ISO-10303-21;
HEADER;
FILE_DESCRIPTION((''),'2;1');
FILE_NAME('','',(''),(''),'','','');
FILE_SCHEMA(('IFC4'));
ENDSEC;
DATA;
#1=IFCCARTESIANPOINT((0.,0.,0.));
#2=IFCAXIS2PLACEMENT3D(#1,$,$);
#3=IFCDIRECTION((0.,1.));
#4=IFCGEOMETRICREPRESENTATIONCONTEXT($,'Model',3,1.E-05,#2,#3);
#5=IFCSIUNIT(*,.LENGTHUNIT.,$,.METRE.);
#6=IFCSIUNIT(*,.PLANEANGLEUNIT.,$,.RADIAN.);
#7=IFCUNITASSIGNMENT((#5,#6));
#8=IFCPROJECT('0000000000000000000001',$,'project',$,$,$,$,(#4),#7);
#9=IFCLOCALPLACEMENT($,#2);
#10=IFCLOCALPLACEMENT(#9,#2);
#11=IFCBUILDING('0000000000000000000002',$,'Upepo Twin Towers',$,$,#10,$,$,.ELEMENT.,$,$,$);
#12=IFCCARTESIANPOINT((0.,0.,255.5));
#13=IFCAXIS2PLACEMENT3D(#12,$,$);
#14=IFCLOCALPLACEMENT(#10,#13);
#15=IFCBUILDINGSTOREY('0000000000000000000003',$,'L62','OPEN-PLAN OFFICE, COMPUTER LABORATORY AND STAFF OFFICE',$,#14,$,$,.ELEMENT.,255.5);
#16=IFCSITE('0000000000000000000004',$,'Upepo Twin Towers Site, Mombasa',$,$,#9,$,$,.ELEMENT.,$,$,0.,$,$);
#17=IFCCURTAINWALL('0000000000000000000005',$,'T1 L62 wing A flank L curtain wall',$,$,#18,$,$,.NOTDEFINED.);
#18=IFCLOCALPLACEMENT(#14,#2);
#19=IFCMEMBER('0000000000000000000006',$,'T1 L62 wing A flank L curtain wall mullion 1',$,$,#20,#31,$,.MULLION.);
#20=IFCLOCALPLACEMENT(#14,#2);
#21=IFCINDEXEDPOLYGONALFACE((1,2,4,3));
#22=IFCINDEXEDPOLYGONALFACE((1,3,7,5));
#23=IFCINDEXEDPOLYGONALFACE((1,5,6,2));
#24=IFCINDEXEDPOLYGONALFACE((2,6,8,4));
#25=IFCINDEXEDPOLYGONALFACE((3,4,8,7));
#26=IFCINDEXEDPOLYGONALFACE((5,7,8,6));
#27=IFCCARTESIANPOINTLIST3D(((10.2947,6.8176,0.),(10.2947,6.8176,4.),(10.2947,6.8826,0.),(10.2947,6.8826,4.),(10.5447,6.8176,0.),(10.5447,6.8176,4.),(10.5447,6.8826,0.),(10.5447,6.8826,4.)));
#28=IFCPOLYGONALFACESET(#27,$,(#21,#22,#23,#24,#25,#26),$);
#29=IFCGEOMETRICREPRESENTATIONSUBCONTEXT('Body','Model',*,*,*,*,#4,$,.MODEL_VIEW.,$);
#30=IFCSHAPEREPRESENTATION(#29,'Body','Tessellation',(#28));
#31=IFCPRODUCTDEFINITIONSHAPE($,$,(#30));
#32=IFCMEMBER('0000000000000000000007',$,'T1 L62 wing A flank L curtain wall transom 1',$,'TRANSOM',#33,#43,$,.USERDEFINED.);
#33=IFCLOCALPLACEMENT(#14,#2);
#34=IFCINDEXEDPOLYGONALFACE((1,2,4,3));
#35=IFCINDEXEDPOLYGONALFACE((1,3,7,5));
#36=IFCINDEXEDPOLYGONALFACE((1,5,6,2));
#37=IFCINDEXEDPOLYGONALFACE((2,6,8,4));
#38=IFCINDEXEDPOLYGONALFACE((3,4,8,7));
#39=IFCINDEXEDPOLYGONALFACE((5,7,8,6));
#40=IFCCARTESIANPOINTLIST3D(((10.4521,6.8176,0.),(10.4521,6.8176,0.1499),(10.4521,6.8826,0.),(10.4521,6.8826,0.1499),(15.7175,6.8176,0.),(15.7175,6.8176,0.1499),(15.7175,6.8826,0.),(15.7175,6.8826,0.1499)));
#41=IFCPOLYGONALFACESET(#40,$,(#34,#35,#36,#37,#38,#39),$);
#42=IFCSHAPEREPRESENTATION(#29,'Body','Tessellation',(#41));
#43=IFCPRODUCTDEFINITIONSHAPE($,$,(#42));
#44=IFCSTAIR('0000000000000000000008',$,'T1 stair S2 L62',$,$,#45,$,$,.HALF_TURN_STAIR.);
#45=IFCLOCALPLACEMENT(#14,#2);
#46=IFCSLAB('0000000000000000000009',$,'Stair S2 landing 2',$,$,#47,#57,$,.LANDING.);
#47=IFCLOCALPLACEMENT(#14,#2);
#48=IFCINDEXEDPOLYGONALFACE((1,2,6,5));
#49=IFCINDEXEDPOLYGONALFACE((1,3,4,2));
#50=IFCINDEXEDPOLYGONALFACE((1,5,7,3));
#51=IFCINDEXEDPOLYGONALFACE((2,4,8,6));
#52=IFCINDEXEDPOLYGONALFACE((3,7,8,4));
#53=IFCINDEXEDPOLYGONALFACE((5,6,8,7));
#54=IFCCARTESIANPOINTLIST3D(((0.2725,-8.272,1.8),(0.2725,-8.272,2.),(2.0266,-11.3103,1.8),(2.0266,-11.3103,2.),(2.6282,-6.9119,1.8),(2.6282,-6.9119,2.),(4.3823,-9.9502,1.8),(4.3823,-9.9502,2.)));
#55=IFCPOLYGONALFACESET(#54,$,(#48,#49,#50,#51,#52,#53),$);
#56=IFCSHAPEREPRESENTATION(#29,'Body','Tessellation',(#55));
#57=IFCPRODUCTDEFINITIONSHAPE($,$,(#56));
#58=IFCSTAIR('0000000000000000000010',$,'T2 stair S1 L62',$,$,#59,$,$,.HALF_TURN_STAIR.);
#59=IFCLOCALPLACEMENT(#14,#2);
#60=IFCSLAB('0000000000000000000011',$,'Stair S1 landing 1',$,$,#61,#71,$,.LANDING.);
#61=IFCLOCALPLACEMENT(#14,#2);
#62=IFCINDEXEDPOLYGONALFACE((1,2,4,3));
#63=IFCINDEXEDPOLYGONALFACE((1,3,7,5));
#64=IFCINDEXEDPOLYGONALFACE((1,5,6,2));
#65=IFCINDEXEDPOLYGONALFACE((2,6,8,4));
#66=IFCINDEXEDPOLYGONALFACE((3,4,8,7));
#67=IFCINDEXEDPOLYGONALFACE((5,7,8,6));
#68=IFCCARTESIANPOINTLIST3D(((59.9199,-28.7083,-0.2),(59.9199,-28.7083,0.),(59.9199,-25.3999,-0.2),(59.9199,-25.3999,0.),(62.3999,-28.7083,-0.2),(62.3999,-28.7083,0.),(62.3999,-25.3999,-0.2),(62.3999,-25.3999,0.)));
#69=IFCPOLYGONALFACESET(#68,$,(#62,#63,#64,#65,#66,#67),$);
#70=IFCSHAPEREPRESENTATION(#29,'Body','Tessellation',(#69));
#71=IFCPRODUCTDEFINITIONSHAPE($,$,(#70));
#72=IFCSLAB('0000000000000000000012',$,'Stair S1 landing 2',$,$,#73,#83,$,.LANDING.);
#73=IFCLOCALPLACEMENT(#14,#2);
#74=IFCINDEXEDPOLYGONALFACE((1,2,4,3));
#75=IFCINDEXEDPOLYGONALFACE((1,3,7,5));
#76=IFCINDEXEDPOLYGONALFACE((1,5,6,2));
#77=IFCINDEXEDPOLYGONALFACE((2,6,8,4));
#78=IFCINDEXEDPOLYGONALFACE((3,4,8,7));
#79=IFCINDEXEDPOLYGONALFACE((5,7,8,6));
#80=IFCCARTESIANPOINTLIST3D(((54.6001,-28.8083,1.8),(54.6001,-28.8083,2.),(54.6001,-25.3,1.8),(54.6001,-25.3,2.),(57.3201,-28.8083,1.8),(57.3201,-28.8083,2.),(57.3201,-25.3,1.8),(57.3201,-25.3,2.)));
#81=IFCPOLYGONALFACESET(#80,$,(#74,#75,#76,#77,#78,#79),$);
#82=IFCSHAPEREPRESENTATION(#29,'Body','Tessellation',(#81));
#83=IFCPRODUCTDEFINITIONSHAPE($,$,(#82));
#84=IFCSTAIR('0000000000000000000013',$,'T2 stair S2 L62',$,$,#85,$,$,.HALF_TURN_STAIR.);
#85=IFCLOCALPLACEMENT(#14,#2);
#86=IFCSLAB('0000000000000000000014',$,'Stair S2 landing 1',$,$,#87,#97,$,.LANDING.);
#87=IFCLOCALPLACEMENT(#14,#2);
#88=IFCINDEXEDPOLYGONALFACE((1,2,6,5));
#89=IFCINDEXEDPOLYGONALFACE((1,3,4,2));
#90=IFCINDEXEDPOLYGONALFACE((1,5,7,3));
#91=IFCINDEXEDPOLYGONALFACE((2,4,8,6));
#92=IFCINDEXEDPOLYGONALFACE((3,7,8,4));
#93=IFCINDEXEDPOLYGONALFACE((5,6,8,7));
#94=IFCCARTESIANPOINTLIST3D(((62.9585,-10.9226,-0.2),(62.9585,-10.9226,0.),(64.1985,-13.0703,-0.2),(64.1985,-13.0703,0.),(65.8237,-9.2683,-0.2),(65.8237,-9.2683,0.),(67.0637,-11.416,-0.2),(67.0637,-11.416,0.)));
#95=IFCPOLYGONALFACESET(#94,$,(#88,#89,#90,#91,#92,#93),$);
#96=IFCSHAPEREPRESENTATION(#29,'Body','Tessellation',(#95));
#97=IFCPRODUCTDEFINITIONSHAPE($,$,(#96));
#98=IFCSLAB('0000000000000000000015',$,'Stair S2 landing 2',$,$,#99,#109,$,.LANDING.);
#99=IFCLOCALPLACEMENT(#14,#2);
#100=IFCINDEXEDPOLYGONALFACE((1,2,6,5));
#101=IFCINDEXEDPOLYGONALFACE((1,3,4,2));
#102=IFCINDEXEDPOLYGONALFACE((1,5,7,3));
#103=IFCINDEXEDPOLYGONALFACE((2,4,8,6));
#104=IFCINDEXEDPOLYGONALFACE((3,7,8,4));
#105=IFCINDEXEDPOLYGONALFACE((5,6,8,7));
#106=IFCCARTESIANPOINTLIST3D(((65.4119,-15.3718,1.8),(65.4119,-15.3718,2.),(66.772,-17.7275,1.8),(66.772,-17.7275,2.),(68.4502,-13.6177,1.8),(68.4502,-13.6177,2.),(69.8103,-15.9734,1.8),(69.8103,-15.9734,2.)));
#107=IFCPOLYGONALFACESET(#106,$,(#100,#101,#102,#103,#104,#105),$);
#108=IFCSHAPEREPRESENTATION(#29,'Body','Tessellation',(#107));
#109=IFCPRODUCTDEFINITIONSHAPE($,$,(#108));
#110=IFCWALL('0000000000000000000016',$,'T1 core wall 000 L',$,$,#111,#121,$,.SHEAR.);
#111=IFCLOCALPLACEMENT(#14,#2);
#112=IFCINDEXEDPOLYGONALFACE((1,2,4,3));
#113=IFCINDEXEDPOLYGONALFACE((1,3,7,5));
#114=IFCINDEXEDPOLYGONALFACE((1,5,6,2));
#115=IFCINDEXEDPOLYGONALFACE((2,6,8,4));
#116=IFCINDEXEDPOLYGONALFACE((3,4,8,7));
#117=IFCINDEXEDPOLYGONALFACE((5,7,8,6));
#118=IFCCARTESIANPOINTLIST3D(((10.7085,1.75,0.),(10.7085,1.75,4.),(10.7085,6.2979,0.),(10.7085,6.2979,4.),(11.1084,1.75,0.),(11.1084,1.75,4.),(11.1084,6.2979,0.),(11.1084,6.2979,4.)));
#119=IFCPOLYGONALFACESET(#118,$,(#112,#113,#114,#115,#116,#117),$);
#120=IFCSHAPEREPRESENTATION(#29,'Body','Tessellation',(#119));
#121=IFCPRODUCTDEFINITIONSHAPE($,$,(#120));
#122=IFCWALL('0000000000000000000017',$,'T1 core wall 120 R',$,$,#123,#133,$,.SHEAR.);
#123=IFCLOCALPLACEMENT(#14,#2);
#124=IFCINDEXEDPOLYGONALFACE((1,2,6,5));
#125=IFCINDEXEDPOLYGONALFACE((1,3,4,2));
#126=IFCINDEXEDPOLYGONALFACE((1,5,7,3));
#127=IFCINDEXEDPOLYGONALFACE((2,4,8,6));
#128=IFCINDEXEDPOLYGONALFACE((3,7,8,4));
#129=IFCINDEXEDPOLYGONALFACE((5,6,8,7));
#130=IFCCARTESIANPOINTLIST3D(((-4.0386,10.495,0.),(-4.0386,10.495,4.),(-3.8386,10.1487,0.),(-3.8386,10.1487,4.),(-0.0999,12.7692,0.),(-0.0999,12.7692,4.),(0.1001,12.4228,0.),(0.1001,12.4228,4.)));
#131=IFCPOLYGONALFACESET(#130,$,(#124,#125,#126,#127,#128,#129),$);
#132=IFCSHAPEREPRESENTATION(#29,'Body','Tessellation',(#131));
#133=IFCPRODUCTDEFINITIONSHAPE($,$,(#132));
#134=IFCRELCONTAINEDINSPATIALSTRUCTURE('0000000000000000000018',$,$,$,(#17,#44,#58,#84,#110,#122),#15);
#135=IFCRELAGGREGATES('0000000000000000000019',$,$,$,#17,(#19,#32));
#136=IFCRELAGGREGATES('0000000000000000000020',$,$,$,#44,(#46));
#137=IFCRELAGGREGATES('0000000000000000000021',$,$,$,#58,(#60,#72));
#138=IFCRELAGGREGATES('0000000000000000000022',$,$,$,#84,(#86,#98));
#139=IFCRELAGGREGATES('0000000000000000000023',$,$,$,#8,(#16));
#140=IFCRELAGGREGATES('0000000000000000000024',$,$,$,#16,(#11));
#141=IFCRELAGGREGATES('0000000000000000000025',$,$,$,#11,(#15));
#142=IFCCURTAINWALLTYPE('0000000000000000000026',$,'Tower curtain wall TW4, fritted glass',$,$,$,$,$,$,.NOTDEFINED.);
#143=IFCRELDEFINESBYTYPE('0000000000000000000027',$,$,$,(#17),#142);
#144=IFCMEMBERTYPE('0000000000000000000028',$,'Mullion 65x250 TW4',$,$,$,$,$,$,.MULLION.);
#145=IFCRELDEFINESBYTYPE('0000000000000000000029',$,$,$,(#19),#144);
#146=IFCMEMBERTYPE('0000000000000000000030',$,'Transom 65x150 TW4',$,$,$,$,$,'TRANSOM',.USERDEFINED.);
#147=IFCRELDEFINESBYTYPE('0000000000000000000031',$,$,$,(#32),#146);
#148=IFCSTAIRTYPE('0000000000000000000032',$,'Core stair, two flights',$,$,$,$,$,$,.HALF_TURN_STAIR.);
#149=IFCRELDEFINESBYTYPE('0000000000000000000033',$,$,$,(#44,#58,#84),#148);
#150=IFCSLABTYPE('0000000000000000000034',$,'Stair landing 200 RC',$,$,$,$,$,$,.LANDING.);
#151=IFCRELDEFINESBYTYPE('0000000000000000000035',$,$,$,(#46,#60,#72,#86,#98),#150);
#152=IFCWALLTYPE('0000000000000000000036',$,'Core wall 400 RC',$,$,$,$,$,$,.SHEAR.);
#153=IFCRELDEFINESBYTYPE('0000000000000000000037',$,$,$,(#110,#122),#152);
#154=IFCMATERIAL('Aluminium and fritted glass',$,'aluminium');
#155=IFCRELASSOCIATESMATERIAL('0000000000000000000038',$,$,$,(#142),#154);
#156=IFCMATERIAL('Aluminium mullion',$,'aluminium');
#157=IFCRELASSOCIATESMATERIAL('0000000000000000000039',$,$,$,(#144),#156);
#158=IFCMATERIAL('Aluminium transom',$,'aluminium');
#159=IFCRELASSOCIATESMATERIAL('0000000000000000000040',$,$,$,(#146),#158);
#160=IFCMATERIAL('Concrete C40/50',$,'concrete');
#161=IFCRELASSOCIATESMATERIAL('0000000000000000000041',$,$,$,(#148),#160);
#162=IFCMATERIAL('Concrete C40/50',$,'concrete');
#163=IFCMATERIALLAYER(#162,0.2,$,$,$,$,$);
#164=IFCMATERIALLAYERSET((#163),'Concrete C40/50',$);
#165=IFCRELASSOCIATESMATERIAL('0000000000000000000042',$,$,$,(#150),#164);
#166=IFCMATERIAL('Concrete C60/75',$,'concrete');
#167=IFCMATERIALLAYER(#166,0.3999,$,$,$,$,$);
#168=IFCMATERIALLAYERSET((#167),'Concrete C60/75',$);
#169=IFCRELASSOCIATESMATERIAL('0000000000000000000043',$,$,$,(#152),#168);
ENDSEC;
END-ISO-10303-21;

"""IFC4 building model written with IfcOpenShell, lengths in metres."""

from ifc_helpers import new_model, si_unit, direction, frame, frame_2d, origin, origin_2d, place, context, subcontext, project, spatial, polyline, rectangle, outline, extrude, material, layer, layer_set, material_profile, profile_set, type_object, element, aggregate, save


model = new_model("IFC4")

# Units and contexts
model_context = context("Model", 3, precision=1e-05, world=origin(), true_north=direction((0.0, 1.0)))
body_context = subcontext(model_context, "Body", "Model", "MODEL_VIEW")
ifc_project = project(units=[si_unit("LENGTHUNIT", "METRE"), si_unit("PLANEANGLEUNIT", "RADIAN")], contexts=[model_context])

# Site, building, storey
site_placement = place(None, origin())
site = spatial("IfcSite", under=ifc_project, at=site_placement, Name="Upepo Twin Towers Site, Mombasa", CompositionType="ELEMENT", RefElevation=0.0)
building_placement = place(site_placement, origin())
building = spatial("IfcBuilding", under=site, at=building_placement, Name="Upepo Twin Towers", CompositionType="ELEMENT")
storey_placement = place(building_placement, frame((0.0, 0.0, 255.5)))
storey = spatial("IfcBuildingStorey", under=building, at=storey_placement, Name="L62", Description="OPEN-PLAN OFFICE, COMPUTER LABORATORY AND STAFF OFFICE", CompositionType="ELEMENT", Elevation=255.5)

# Curtain wall, members
ifc_material_1 = material(Name="Aluminium and fritted glass", Category="aluminium")
curtain_wall_type = type_object("IfcCurtainWallType", Name="Tower curtain wall TW4, fritted glass", PredefinedType="NOTDEFINED", material=ifc_material_1)
curtain_wall_placement = place(storey_placement, origin())
curtain_wall = element("IfcCurtainWall", 1, at=curtain_wall_placement, inside=storey, type_object=curtain_wall_type, Name="T1 L62 wing A flank L curtain wall", PredefinedType="NOTDEFINED")
ifc_material_2 = material(Name="Aluminium mullion", Category="aluminium")
ifc_material_profile_1 = material_profile(ifc_material_2, rectangle(XDim=0.0649, YDim=0.25, at=origin_2d()), Name="MULLION 65x250")
ifc_profile_set_1 = profile_set([ifc_material_profile_1], Name="Aluminium mullion")
member_type_1 = type_object("IfcMemberType", Name="Mullion 65x250 TW4", PredefinedType="MULLION", material=ifc_profile_set_1)
member_1_placement = place(storey_placement, frame((10.4197, 6.8501, 0.0), z_axis=(0.0, 0.0, 1.0), x_axis=(0.0, 1.0, 0.0)))
member_1 = element("IfcMember", 2, at=member_1_placement, type_object=member_type_1, Name="T1 L62 wing A flank L curtain wall mullion 1", PredefinedType="MULLION", context=body_context, shape_type="SweptSolid", body=[
    extrude(rectangle(XDim=0.0649, YDim=0.25, at=origin_2d()), origin(), (0.0, 0.0, 1.0), 4.0),
])
ifc_material_3 = material(Name="Aluminium transom", Category="aluminium")
ifc_material_profile_2 = material_profile(ifc_material_3, rectangle(XDim=0.0649, YDim=0.1499, at=origin_2d()), Name="TRANSOM 65x150")
ifc_profile_set_2 = profile_set([ifc_material_profile_2], Name="Aluminium transom")
member_type_2 = type_object("IfcMemberType", Name="Transom 65x150 TW4", ElementType="TRANSOM", PredefinedType="USERDEFINED", material=ifc_profile_set_2)
member_2_placement = place(storey_placement, frame((10.4521, 6.8501, 0.075), z_axis=(1.0, 0.0, 0.0), x_axis=(0.0, 1.0, 0.0)))
member_2 = element("IfcMember", 3, at=member_2_placement, type_object=member_type_2, Name="T1 L62 wing A flank L curtain wall transom 1", ObjectType="TRANSOM", PredefinedType="USERDEFINED", context=body_context, shape_type="SweptSolid", body=[
    extrude(rectangle(XDim=0.0649, YDim=0.1499, at=origin_2d()), origin(), (0.0, 0.0, 1.0), 5.2654),
])
aggregate(curtain_wall, [member_1, member_2])

# Stair, slab
ifc_material_4 = material(Name="Concrete C40/50", Category="concrete")
stair_type = type_object("IfcStairType", Name="Core stair, two flights", PredefinedType="HALF_TURN_STAIR", material=ifc_material_4)
stair_1_placement = place(storey_placement, origin())
stair_1 = element("IfcStair", 4, at=stair_1_placement, inside=storey, type_object=stair_type, Name="T1 stair S2 L62", PredefinedType="HALF_TURN_STAIR")
ifc_material_5 = material(Name="Concrete C40/50", Category="concrete")
ifc_layer_1 = layer(ifc_material_5, 0.2)
ifc_layer_set_1 = layer_set([ifc_layer_1], Name="Concrete C40/50")
slab_type = type_object("IfcSlabType", Name="Stair landing 200 RC", PredefinedType="LANDING", material=ifc_layer_set_1)
slab_1_placement = place(storey_placement, frame((0.0, 0.0, 1.8)))
slab_1 = element("IfcSlab", 5, at=slab_1_placement, type_object=slab_type, Name="Stair S2 landing 2", PredefinedType="LANDING", context=body_context, shape_type="SweptSolid", body=[
    extrude(outline(polyline([(0.2725, -8.272), (2.0266, -11.3103), (4.3823, -9.9502), (2.6282, -6.9119), (0.2725, -8.272)])), origin(), (0.0, 0.0, 1.0), 0.2),
])
aggregate(stair_1, [slab_1])

# Stairs, slabs
stair_2_placement = place(storey_placement, origin())
stair_2 = element("IfcStair", 6, at=stair_2_placement, inside=storey, type_object=stair_type, Name="T2 stair S1 L62", PredefinedType="HALF_TURN_STAIR")
slab_2_placement = place(storey_placement, frame((0.0, 0.0, -0.2)))
slab_2 = element("IfcSlab", 7, at=slab_2_placement, type_object=slab_type, Name="Stair S1 landing 1", PredefinedType="LANDING", context=body_context, shape_type="SweptSolid", body=[
    extrude(outline(polyline([(59.9199, -25.3999), (59.9199, -28.7083), (62.3999, -28.7083), (62.3999, -25.3999), (59.9199, -25.3999)])), origin(), (0.0, 0.0, 1.0), 0.2),
])
slab_3_placement = place(storey_placement, frame((0.0, 0.0, 1.8)))
slab_3 = element("IfcSlab", 8, at=slab_3_placement, type_object=slab_type, Name="Stair S1 landing 2", PredefinedType="LANDING", context=body_context, shape_type="SweptSolid", body=[
    extrude(outline(polyline([(54.6001, -25.3), (54.6001, -28.8083), (57.3201, -28.8083), (57.3201, -25.3), (54.6001, -25.3)])), origin(), (0.0, 0.0, 1.0), 0.2),
])
aggregate(stair_2, [slab_2, slab_3])
stair_3_placement = place(storey_placement, origin())
stair_3 = element("IfcStair", 9, at=stair_3_placement, inside=storey, type_object=stair_type, Name="T2 stair S2 L62", PredefinedType="HALF_TURN_STAIR")
slab_4_placement = place(storey_placement, frame((0.0, 0.0, -0.2)))
slab_4 = element("IfcSlab", 10, at=slab_4_placement, type_object=slab_type, Name="Stair S2 landing 1", PredefinedType="LANDING", context=body_context, shape_type="SweptSolid", body=[
    extrude(outline(polyline([(64.1985, -13.0703), (67.0637, -11.416), (65.8237, -9.2683), (62.9585, -10.9226), (64.1985, -13.0703)])), origin(), (0.0, 0.0, 1.0), 0.2),
])
slab_5_placement = place(storey_placement, frame((0.0, 0.0, 1.8)))
slab_5 = element("IfcSlab", 11, at=slab_5_placement, type_object=slab_type, Name="Stair S2 landing 2", PredefinedType="LANDING", context=body_context, shape_type="SweptSolid", body=[
    extrude(outline(polyline([(66.772, -17.7275), (69.8103, -15.9734), (68.4502, -13.6177), (65.4119, -15.3718), (66.772, -17.7275)])), origin(), (0.0, 0.0, 1.0), 0.2),
])
aggregate(stair_3, [slab_4, slab_5])

# Walls
ifc_material_6 = material(Name="Concrete C60/75", Category="concrete")
ifc_layer_2 = layer(ifc_material_6, 0.3999)
ifc_layer_set_2 = layer_set([ifc_layer_2], Name="Concrete C60/75")
wall_type_1 = type_object("IfcWallType", Name="Core wall 400 RC", PredefinedType="SHEAR", material=ifc_layer_set_2)
wall_1_placement = place(storey_placement, frame((10.9084, 1.75, 0.0), z_axis=(0.0, 0.0, 1.0), x_axis=(0.0, 1.0, 0.0)))
element("IfcWall", 12, at=wall_1_placement, inside=storey, type_object=wall_type_1, Name="T1 core wall 000 L", PredefinedType="SHEAR", context=body_context, shape_type="SweptSolid", body=[
    extrude(rectangle(XDim=4.5479, YDim=0.3999, at=frame_2d((2.2739, 0.0))), origin(), (0.0, 0.0, 1.0), 4.0),
])
wall_2_placement = place(storey_placement, frame((0.0, 12.5959, 0.0), z_axis=(0.0, 0.0, 1.0), x_axis=(-0.866011, -0.500024, 0.0)))
element("IfcWall", 13, at=wall_2_placement, inside=storey, type_object=wall_type_1, Name="T1 core wall 120 R", PredefinedType="SHEAR", context=body_context, shape_type="SweptSolid", body=[
    extrude(rectangle(XDim=4.5481, YDim=0.3999, at=frame_2d((2.2739, 0.0))), origin(), (0.0, 0.0, 1.0), 4.0),
])

save(model, "model.ifc")
